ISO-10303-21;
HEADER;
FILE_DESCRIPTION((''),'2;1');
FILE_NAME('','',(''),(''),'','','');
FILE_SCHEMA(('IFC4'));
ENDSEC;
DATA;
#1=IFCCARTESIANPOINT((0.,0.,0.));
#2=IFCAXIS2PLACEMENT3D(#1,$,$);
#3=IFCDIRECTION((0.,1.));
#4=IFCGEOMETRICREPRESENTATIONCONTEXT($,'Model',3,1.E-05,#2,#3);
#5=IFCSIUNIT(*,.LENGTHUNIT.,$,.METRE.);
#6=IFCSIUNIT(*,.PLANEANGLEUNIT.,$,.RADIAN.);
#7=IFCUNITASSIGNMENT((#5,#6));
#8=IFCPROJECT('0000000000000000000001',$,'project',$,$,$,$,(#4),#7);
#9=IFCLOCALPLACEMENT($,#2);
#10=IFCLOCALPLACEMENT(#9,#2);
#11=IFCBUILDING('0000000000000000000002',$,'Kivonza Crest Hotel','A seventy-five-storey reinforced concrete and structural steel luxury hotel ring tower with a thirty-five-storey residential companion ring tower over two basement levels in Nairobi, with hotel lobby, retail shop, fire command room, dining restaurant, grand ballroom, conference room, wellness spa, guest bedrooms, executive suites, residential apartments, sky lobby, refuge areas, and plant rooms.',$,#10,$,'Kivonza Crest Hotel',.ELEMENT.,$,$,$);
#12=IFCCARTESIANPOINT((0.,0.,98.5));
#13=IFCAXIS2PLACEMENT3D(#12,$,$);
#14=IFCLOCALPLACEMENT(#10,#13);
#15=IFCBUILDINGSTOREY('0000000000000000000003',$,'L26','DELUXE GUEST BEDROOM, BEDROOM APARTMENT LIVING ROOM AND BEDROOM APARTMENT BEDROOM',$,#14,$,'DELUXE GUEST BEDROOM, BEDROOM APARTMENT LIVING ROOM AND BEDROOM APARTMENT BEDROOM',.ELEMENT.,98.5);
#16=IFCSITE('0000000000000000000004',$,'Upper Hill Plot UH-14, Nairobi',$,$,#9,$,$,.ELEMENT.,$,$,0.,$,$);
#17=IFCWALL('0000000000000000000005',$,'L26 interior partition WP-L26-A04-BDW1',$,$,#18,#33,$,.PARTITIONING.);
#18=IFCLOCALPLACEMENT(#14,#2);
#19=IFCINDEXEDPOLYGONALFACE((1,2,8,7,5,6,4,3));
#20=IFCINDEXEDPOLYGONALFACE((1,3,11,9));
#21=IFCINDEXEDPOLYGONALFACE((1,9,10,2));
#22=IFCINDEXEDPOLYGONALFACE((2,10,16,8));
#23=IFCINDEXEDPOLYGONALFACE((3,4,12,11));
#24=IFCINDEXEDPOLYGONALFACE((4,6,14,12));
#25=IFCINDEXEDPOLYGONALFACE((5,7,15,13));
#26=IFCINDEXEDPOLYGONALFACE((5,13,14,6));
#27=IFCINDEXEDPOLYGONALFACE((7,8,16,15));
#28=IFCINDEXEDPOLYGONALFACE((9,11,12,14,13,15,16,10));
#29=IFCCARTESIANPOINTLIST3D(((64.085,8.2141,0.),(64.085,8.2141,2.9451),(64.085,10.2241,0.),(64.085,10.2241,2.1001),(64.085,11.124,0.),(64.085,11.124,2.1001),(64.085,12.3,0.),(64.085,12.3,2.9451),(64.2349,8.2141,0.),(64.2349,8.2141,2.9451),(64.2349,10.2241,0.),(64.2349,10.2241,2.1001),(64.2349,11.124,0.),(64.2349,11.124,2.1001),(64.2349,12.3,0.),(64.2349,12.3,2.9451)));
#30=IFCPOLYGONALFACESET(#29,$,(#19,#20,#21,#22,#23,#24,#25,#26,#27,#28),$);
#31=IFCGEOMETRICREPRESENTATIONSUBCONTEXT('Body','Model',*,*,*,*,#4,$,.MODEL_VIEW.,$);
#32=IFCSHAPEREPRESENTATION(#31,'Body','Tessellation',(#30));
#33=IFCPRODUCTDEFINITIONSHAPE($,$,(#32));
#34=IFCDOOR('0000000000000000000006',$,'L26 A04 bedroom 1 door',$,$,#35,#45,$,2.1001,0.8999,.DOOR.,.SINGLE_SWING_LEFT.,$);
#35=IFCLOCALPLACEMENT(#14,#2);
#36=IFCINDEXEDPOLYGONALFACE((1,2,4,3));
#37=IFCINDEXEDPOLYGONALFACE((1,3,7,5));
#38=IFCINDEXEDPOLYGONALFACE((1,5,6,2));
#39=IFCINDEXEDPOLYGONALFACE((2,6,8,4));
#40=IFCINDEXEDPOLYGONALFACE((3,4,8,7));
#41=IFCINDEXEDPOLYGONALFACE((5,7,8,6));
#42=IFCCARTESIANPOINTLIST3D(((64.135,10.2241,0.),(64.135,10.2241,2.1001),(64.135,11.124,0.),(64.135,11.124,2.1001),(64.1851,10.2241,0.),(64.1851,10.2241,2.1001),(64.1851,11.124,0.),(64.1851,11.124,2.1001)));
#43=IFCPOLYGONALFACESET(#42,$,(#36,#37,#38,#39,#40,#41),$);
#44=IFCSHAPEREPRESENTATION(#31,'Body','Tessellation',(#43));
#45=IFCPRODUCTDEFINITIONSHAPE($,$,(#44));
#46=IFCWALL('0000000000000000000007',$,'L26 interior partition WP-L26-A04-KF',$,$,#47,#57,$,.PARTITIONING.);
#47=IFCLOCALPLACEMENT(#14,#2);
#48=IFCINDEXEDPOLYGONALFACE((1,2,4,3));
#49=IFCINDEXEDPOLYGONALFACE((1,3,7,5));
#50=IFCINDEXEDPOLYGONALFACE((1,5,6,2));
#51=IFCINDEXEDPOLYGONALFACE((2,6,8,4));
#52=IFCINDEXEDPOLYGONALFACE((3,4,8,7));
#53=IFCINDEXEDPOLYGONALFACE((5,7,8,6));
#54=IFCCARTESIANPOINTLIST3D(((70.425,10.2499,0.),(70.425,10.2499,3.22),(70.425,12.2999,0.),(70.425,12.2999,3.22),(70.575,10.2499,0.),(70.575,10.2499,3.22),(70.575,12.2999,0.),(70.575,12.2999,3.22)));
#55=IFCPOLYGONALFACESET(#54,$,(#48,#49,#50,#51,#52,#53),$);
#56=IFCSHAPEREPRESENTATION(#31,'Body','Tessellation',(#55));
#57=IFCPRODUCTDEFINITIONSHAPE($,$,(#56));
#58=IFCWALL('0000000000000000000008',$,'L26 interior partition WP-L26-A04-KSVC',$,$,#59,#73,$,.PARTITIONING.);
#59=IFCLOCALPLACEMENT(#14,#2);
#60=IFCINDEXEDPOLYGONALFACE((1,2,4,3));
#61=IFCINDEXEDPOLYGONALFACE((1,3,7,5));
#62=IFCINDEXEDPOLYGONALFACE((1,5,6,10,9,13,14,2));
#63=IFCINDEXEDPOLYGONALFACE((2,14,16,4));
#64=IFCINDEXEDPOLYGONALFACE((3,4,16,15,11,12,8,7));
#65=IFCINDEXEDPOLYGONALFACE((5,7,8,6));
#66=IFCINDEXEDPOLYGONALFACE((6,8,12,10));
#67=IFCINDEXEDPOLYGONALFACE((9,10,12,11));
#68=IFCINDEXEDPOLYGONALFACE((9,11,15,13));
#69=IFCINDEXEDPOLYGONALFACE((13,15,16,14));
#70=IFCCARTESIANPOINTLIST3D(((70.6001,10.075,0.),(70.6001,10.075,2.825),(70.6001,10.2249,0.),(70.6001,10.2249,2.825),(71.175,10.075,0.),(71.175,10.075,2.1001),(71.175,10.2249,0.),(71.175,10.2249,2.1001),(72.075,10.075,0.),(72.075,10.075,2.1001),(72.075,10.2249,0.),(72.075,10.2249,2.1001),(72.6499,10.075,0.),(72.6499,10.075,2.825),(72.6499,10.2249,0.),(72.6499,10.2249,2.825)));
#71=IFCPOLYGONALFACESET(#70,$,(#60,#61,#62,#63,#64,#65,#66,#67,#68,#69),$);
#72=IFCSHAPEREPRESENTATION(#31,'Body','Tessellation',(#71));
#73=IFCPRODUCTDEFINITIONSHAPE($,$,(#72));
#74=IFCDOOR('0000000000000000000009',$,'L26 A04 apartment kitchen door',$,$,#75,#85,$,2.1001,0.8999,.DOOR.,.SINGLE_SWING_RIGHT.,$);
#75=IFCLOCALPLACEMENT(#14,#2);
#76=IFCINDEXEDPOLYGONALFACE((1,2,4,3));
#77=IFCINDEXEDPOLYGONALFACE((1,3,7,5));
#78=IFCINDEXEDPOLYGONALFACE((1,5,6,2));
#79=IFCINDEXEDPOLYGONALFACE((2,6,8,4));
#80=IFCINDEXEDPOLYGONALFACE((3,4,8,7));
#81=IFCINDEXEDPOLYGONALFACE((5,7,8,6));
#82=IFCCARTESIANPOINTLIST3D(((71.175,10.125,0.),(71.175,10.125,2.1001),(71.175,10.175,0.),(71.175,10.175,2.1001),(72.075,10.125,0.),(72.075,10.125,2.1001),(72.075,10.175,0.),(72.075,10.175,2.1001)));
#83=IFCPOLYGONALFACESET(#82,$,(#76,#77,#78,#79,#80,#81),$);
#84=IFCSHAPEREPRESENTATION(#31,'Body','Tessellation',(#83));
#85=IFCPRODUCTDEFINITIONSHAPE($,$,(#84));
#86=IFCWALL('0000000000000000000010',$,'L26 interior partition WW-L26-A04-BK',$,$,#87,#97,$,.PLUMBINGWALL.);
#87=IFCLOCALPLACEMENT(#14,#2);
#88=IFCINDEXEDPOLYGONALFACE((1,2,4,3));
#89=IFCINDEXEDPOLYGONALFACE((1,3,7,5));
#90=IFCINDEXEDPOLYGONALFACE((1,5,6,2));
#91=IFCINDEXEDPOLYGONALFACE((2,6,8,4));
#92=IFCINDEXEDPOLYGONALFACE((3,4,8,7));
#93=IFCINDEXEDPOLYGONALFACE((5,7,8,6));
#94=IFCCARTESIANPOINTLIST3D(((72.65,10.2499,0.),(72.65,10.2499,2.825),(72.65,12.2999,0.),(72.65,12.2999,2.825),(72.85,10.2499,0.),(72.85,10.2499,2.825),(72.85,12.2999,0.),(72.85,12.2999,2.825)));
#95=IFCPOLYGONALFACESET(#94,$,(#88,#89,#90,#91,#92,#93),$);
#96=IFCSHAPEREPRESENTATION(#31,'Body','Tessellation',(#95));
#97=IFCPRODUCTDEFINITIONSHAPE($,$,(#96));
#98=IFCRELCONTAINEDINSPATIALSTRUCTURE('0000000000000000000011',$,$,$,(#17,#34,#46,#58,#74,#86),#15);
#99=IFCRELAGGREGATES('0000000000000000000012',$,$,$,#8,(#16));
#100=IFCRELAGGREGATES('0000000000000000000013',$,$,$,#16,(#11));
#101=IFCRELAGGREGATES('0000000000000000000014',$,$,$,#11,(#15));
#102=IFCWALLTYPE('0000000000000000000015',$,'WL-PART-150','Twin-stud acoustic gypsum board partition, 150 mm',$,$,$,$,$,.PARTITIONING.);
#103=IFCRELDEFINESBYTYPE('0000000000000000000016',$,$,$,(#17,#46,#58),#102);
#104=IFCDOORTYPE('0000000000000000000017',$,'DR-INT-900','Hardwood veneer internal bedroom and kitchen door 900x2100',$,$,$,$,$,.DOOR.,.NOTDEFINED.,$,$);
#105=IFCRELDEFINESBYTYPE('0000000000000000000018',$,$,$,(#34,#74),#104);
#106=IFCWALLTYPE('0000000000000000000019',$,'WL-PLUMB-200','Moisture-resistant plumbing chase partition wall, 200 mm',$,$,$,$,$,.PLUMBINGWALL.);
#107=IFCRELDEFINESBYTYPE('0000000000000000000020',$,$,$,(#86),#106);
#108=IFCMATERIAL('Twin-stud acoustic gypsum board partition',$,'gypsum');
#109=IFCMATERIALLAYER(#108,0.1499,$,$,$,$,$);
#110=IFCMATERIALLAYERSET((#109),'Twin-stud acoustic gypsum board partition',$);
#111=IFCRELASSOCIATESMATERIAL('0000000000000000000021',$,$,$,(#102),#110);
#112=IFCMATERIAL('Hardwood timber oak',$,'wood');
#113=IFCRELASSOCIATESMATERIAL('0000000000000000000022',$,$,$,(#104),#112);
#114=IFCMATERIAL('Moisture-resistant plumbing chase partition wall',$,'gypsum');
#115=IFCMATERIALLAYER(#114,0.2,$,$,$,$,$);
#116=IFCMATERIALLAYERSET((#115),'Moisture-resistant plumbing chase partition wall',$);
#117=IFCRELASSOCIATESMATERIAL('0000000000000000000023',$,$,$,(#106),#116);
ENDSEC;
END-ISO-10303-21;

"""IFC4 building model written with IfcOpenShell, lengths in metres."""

from ifc_helpers import new_model, si_unit, direction, frame, frame_2d, origin, place, context, subcontext, project, spatial, rectangle, extrude, material, layer, layer_set, type_object, element, fill, save


model = new_model("IFC4")

# Units and contexts
model_context = context("Model", 3, precision=1e-05, world=origin(), true_north=direction((0.0, 1.0)))
body_context = subcontext(model_context, "Body", "Model", "MODEL_VIEW")
ifc_project = project(units=[si_unit("LENGTHUNIT", "METRE"), si_unit("PLANEANGLEUNIT", "RADIAN")], contexts=[model_context])

# Site, building, storey
site_placement = place(None, origin())
site = spatial("IfcSite", under=ifc_project, at=site_placement, Name="Upper Hill Plot UH-14, Nairobi", CompositionType="ELEMENT", RefElevation=0.0)
building_placement = place(site_placement, origin())
building = spatial("IfcBuilding", under=site, at=building_placement, Name="Kivonza Crest Hotel", Description="A seventy-five-storey reinforced concrete and structural steel luxury hotel ring tower with a thirty-five-storey residential companion ring tower over two basement levels in Nairobi, with hotel lobby, retail shop, fire command room, dining restaurant, grand ballroom, conference room, wellness spa, guest bedrooms, executive suites, residential apartments, sky lobby, refuge areas, and plant rooms.", LongName="Kivonza Crest Hotel", CompositionType="ELEMENT")
storey_placement = place(building_placement, frame((0.0, 0.0, 98.5)))
storey = spatial("IfcBuildingStorey", under=building, at=storey_placement, Name="L26", Description="DELUXE GUEST BEDROOM, BEDROOM APARTMENT LIVING ROOM AND BEDROOM APARTMENT BEDROOM", LongName="DELUXE GUEST BEDROOM, BEDROOM APARTMENT LIVING ROOM AND BEDROOM APARTMENT BEDROOM", CompositionType="ELEMENT", Elevation=98.5)

# Shared definitions
ifc_material_1 = material(Name="Hardwood timber oak", Category="wood")

# Wall, opening, door
ifc_material_2 = material(Name="Twin-stud acoustic gypsum board partition", Category="gypsum")
ifc_layer_1 = layer(ifc_material_2, 0.1499)
ifc_layer_set_1 = layer_set([ifc_layer_1], Name="Twin-stud acoustic gypsum board partition")
wall_type_1 = type_object("IfcWallType", Name="WL-PART-150", Description="Twin-stud acoustic gypsum board partition, 150 mm", PredefinedType="PARTITIONING", material=ifc_layer_set_1)
wall_1_placement = place(storey_placement, frame((64.1599, 8.2141, 0.0), z_axis=(0.0, 0.0, 1.0), x_axis=(0.0, 1.0, 0.0)))
wall_1 = element("IfcWall", 1, at=wall_1_placement, inside=storey, type_object=wall_type_1, Name="L26 interior partition WP-L26-A04-BDW1", PredefinedType="PARTITIONING", context=body_context, shape_type="SweptSolid", body=[
    extrude(rectangle(XDim=4.0859, YDim=0.1499, at=frame_2d((2.043, 0.0))), origin(), (0.0, 0.0, 1.0), 2.9451),
])
opening_1_placement = place(wall_1_placement, frame((2.01, 0.0, 0.0)))
opening_1 = element("IfcOpeningElement", 2, at=opening_1_placement, cuts=wall_1, PredefinedType="OPENING", context=body_context, shape_type="SweptSolid", body=[
    extrude(rectangle(XDim=0.8999, YDim=2.1001, at=frame_2d((0.45, 1.05))), frame((0.0, 0.085, 0.0), z_axis=(0.0, -1.0, 0.0), x_axis=(1.0, 0.0, 0.0)), (0.0, 0.0, 1.0), 0.1699),
])
door_type_1 = type_object("IfcDoorType", Name="DR-INT-900", Description="Hardwood veneer internal bedroom and kitchen door 900x2100", OperationType="NOTDEFINED", PredefinedType="DOOR", material=ifc_material_1)
door_1_placement = place(opening_1_placement, origin())
door_1 = element("IfcDoor", 3, at=door_1_placement, inside=storey, type_object=door_type_1, Name="L26 A04 bedroom 1 door", OperationType="SINGLE_SWING_LEFT", OverallHeight=2.1001, OverallWidth=0.8999, PredefinedType="DOOR", context=body_context, shape_type="SweptSolid", body=[
    extrude(rectangle(XDim=0.8999, YDim=2.1001, at=frame_2d((0.45, 1.05))), frame((0.0, 0.0249, 0.0), z_axis=(0.0, -1.0, 0.0), x_axis=(1.0, 0.0, 0.0)), (0.0, 0.0, 1.0), 0.05),
])
fill(opening_1, door_1)

# Wall
wall_2_placement = place(storey_placement, frame((70.5, 10.25, 0.0), z_axis=(0.0, 0.0, 1.0), x_axis=(0.0, 1.0, 0.0)))
element("IfcWall", 4, at=wall_2_placement, inside=storey, type_object=wall_type_1, Name="L26 interior partition WP-L26-A04-KF", PredefinedType="PARTITIONING", context=body_context, shape_type="SweptSolid", body=[
    extrude(rectangle(XDim=2.05, YDim=0.1499, at=frame_2d((1.0249, 0.0))), origin(), (0.0, 0.0, 1.0), 3.22),
])

# Wall, opening, door
wall_3_placement = place(storey_placement, frame((70.6001, 10.1499, 0.0), z_axis=(0.0, 0.0, 1.0), x_axis=(1.0, 0.0, 0.0)))
wall_3 = element("IfcWall", 5, at=wall_3_placement, inside=storey, type_object=wall_type_1, Name="L26 interior partition WP-L26-A04-KSVC", PredefinedType="PARTITIONING", context=body_context, shape_type="SweptSolid", body=[
    extrude(rectangle(XDim=2.0498, YDim=0.1499, at=frame_2d((1.0249, 0.0))), origin(), (0.0, 0.0, 1.0), 2.825),
])
opening_2_placement = place(wall_3_placement, frame((0.575, 0.0, 0.0)))
opening_2 = element("IfcOpeningElement", 6, at=opening_2_placement, cuts=wall_3, PredefinedType="OPENING", context=body_context, shape_type="SweptSolid", body=[
    extrude(rectangle(XDim=0.8999, YDim=2.1001, at=frame_2d((0.45, 1.05))), frame((0.0, 0.085, 0.0), z_axis=(0.0, -1.0, 0.0), x_axis=(1.0, 0.0, 0.0)), (0.0, 0.0, 1.0), 0.1699),
])
door_2_placement = place(opening_2_placement, frame((0.8999, 0.0, 0.0), z_axis=(0.0, 0.0, 1.0), x_axis=(-1.0, 0.0, 0.0)))
door_2 = element("IfcDoor", 7, at=door_2_placement, inside=storey, type_object=door_type_1, Name="L26 A04 apartment kitchen door", OperationType="SINGLE_SWING_RIGHT", OverallHeight=2.1001, OverallWidth=0.8999, PredefinedType="DOOR", context=body_context, shape_type="SweptSolid", body=[
    extrude(rectangle(XDim=0.8999, YDim=2.1001, at=frame_2d((0.45, 1.05))), frame((0.0, 0.0249, 0.0), z_axis=(0.0, -1.0, 0.0), x_axis=(1.0, 0.0, 0.0)), (0.0, 0.0, 1.0), 0.05),
])
fill(opening_2, door_2)

# Wall
ifc_material_3 = material(Name="Moisture-resistant plumbing chase partition wall", Category="gypsum")
ifc_layer_2 = layer(ifc_material_3, 0.2)
ifc_layer_set_2 = layer_set([ifc_layer_2], Name="Moisture-resistant plumbing chase partition wall")
wall_type_2 = type_object("IfcWallType", Name="WL-PLUMB-200", Description="Moisture-resistant plumbing chase partition wall, 200 mm", PredefinedType="PLUMBINGWALL", material=ifc_layer_set_2)
wall_4_placement = place(storey_placement, frame((72.75, 10.25, 0.0), z_axis=(0.0, 0.0, 1.0), x_axis=(0.0, 1.0, 0.0)))
element("IfcWall", 8, at=wall_4_placement, inside=storey, type_object=wall_type_2, Name="L26 interior partition WW-L26-A04-BK", PredefinedType="PLUMBINGWALL", context=body_context, shape_type="SweptSolid", body=[
    extrude(rectangle(XDim=2.05, YDim=0.2, at=frame_2d((1.0249, 0.0))), origin(), (0.0, 0.0, 1.0), 2.825),
])

save(model, "model.ifc")
